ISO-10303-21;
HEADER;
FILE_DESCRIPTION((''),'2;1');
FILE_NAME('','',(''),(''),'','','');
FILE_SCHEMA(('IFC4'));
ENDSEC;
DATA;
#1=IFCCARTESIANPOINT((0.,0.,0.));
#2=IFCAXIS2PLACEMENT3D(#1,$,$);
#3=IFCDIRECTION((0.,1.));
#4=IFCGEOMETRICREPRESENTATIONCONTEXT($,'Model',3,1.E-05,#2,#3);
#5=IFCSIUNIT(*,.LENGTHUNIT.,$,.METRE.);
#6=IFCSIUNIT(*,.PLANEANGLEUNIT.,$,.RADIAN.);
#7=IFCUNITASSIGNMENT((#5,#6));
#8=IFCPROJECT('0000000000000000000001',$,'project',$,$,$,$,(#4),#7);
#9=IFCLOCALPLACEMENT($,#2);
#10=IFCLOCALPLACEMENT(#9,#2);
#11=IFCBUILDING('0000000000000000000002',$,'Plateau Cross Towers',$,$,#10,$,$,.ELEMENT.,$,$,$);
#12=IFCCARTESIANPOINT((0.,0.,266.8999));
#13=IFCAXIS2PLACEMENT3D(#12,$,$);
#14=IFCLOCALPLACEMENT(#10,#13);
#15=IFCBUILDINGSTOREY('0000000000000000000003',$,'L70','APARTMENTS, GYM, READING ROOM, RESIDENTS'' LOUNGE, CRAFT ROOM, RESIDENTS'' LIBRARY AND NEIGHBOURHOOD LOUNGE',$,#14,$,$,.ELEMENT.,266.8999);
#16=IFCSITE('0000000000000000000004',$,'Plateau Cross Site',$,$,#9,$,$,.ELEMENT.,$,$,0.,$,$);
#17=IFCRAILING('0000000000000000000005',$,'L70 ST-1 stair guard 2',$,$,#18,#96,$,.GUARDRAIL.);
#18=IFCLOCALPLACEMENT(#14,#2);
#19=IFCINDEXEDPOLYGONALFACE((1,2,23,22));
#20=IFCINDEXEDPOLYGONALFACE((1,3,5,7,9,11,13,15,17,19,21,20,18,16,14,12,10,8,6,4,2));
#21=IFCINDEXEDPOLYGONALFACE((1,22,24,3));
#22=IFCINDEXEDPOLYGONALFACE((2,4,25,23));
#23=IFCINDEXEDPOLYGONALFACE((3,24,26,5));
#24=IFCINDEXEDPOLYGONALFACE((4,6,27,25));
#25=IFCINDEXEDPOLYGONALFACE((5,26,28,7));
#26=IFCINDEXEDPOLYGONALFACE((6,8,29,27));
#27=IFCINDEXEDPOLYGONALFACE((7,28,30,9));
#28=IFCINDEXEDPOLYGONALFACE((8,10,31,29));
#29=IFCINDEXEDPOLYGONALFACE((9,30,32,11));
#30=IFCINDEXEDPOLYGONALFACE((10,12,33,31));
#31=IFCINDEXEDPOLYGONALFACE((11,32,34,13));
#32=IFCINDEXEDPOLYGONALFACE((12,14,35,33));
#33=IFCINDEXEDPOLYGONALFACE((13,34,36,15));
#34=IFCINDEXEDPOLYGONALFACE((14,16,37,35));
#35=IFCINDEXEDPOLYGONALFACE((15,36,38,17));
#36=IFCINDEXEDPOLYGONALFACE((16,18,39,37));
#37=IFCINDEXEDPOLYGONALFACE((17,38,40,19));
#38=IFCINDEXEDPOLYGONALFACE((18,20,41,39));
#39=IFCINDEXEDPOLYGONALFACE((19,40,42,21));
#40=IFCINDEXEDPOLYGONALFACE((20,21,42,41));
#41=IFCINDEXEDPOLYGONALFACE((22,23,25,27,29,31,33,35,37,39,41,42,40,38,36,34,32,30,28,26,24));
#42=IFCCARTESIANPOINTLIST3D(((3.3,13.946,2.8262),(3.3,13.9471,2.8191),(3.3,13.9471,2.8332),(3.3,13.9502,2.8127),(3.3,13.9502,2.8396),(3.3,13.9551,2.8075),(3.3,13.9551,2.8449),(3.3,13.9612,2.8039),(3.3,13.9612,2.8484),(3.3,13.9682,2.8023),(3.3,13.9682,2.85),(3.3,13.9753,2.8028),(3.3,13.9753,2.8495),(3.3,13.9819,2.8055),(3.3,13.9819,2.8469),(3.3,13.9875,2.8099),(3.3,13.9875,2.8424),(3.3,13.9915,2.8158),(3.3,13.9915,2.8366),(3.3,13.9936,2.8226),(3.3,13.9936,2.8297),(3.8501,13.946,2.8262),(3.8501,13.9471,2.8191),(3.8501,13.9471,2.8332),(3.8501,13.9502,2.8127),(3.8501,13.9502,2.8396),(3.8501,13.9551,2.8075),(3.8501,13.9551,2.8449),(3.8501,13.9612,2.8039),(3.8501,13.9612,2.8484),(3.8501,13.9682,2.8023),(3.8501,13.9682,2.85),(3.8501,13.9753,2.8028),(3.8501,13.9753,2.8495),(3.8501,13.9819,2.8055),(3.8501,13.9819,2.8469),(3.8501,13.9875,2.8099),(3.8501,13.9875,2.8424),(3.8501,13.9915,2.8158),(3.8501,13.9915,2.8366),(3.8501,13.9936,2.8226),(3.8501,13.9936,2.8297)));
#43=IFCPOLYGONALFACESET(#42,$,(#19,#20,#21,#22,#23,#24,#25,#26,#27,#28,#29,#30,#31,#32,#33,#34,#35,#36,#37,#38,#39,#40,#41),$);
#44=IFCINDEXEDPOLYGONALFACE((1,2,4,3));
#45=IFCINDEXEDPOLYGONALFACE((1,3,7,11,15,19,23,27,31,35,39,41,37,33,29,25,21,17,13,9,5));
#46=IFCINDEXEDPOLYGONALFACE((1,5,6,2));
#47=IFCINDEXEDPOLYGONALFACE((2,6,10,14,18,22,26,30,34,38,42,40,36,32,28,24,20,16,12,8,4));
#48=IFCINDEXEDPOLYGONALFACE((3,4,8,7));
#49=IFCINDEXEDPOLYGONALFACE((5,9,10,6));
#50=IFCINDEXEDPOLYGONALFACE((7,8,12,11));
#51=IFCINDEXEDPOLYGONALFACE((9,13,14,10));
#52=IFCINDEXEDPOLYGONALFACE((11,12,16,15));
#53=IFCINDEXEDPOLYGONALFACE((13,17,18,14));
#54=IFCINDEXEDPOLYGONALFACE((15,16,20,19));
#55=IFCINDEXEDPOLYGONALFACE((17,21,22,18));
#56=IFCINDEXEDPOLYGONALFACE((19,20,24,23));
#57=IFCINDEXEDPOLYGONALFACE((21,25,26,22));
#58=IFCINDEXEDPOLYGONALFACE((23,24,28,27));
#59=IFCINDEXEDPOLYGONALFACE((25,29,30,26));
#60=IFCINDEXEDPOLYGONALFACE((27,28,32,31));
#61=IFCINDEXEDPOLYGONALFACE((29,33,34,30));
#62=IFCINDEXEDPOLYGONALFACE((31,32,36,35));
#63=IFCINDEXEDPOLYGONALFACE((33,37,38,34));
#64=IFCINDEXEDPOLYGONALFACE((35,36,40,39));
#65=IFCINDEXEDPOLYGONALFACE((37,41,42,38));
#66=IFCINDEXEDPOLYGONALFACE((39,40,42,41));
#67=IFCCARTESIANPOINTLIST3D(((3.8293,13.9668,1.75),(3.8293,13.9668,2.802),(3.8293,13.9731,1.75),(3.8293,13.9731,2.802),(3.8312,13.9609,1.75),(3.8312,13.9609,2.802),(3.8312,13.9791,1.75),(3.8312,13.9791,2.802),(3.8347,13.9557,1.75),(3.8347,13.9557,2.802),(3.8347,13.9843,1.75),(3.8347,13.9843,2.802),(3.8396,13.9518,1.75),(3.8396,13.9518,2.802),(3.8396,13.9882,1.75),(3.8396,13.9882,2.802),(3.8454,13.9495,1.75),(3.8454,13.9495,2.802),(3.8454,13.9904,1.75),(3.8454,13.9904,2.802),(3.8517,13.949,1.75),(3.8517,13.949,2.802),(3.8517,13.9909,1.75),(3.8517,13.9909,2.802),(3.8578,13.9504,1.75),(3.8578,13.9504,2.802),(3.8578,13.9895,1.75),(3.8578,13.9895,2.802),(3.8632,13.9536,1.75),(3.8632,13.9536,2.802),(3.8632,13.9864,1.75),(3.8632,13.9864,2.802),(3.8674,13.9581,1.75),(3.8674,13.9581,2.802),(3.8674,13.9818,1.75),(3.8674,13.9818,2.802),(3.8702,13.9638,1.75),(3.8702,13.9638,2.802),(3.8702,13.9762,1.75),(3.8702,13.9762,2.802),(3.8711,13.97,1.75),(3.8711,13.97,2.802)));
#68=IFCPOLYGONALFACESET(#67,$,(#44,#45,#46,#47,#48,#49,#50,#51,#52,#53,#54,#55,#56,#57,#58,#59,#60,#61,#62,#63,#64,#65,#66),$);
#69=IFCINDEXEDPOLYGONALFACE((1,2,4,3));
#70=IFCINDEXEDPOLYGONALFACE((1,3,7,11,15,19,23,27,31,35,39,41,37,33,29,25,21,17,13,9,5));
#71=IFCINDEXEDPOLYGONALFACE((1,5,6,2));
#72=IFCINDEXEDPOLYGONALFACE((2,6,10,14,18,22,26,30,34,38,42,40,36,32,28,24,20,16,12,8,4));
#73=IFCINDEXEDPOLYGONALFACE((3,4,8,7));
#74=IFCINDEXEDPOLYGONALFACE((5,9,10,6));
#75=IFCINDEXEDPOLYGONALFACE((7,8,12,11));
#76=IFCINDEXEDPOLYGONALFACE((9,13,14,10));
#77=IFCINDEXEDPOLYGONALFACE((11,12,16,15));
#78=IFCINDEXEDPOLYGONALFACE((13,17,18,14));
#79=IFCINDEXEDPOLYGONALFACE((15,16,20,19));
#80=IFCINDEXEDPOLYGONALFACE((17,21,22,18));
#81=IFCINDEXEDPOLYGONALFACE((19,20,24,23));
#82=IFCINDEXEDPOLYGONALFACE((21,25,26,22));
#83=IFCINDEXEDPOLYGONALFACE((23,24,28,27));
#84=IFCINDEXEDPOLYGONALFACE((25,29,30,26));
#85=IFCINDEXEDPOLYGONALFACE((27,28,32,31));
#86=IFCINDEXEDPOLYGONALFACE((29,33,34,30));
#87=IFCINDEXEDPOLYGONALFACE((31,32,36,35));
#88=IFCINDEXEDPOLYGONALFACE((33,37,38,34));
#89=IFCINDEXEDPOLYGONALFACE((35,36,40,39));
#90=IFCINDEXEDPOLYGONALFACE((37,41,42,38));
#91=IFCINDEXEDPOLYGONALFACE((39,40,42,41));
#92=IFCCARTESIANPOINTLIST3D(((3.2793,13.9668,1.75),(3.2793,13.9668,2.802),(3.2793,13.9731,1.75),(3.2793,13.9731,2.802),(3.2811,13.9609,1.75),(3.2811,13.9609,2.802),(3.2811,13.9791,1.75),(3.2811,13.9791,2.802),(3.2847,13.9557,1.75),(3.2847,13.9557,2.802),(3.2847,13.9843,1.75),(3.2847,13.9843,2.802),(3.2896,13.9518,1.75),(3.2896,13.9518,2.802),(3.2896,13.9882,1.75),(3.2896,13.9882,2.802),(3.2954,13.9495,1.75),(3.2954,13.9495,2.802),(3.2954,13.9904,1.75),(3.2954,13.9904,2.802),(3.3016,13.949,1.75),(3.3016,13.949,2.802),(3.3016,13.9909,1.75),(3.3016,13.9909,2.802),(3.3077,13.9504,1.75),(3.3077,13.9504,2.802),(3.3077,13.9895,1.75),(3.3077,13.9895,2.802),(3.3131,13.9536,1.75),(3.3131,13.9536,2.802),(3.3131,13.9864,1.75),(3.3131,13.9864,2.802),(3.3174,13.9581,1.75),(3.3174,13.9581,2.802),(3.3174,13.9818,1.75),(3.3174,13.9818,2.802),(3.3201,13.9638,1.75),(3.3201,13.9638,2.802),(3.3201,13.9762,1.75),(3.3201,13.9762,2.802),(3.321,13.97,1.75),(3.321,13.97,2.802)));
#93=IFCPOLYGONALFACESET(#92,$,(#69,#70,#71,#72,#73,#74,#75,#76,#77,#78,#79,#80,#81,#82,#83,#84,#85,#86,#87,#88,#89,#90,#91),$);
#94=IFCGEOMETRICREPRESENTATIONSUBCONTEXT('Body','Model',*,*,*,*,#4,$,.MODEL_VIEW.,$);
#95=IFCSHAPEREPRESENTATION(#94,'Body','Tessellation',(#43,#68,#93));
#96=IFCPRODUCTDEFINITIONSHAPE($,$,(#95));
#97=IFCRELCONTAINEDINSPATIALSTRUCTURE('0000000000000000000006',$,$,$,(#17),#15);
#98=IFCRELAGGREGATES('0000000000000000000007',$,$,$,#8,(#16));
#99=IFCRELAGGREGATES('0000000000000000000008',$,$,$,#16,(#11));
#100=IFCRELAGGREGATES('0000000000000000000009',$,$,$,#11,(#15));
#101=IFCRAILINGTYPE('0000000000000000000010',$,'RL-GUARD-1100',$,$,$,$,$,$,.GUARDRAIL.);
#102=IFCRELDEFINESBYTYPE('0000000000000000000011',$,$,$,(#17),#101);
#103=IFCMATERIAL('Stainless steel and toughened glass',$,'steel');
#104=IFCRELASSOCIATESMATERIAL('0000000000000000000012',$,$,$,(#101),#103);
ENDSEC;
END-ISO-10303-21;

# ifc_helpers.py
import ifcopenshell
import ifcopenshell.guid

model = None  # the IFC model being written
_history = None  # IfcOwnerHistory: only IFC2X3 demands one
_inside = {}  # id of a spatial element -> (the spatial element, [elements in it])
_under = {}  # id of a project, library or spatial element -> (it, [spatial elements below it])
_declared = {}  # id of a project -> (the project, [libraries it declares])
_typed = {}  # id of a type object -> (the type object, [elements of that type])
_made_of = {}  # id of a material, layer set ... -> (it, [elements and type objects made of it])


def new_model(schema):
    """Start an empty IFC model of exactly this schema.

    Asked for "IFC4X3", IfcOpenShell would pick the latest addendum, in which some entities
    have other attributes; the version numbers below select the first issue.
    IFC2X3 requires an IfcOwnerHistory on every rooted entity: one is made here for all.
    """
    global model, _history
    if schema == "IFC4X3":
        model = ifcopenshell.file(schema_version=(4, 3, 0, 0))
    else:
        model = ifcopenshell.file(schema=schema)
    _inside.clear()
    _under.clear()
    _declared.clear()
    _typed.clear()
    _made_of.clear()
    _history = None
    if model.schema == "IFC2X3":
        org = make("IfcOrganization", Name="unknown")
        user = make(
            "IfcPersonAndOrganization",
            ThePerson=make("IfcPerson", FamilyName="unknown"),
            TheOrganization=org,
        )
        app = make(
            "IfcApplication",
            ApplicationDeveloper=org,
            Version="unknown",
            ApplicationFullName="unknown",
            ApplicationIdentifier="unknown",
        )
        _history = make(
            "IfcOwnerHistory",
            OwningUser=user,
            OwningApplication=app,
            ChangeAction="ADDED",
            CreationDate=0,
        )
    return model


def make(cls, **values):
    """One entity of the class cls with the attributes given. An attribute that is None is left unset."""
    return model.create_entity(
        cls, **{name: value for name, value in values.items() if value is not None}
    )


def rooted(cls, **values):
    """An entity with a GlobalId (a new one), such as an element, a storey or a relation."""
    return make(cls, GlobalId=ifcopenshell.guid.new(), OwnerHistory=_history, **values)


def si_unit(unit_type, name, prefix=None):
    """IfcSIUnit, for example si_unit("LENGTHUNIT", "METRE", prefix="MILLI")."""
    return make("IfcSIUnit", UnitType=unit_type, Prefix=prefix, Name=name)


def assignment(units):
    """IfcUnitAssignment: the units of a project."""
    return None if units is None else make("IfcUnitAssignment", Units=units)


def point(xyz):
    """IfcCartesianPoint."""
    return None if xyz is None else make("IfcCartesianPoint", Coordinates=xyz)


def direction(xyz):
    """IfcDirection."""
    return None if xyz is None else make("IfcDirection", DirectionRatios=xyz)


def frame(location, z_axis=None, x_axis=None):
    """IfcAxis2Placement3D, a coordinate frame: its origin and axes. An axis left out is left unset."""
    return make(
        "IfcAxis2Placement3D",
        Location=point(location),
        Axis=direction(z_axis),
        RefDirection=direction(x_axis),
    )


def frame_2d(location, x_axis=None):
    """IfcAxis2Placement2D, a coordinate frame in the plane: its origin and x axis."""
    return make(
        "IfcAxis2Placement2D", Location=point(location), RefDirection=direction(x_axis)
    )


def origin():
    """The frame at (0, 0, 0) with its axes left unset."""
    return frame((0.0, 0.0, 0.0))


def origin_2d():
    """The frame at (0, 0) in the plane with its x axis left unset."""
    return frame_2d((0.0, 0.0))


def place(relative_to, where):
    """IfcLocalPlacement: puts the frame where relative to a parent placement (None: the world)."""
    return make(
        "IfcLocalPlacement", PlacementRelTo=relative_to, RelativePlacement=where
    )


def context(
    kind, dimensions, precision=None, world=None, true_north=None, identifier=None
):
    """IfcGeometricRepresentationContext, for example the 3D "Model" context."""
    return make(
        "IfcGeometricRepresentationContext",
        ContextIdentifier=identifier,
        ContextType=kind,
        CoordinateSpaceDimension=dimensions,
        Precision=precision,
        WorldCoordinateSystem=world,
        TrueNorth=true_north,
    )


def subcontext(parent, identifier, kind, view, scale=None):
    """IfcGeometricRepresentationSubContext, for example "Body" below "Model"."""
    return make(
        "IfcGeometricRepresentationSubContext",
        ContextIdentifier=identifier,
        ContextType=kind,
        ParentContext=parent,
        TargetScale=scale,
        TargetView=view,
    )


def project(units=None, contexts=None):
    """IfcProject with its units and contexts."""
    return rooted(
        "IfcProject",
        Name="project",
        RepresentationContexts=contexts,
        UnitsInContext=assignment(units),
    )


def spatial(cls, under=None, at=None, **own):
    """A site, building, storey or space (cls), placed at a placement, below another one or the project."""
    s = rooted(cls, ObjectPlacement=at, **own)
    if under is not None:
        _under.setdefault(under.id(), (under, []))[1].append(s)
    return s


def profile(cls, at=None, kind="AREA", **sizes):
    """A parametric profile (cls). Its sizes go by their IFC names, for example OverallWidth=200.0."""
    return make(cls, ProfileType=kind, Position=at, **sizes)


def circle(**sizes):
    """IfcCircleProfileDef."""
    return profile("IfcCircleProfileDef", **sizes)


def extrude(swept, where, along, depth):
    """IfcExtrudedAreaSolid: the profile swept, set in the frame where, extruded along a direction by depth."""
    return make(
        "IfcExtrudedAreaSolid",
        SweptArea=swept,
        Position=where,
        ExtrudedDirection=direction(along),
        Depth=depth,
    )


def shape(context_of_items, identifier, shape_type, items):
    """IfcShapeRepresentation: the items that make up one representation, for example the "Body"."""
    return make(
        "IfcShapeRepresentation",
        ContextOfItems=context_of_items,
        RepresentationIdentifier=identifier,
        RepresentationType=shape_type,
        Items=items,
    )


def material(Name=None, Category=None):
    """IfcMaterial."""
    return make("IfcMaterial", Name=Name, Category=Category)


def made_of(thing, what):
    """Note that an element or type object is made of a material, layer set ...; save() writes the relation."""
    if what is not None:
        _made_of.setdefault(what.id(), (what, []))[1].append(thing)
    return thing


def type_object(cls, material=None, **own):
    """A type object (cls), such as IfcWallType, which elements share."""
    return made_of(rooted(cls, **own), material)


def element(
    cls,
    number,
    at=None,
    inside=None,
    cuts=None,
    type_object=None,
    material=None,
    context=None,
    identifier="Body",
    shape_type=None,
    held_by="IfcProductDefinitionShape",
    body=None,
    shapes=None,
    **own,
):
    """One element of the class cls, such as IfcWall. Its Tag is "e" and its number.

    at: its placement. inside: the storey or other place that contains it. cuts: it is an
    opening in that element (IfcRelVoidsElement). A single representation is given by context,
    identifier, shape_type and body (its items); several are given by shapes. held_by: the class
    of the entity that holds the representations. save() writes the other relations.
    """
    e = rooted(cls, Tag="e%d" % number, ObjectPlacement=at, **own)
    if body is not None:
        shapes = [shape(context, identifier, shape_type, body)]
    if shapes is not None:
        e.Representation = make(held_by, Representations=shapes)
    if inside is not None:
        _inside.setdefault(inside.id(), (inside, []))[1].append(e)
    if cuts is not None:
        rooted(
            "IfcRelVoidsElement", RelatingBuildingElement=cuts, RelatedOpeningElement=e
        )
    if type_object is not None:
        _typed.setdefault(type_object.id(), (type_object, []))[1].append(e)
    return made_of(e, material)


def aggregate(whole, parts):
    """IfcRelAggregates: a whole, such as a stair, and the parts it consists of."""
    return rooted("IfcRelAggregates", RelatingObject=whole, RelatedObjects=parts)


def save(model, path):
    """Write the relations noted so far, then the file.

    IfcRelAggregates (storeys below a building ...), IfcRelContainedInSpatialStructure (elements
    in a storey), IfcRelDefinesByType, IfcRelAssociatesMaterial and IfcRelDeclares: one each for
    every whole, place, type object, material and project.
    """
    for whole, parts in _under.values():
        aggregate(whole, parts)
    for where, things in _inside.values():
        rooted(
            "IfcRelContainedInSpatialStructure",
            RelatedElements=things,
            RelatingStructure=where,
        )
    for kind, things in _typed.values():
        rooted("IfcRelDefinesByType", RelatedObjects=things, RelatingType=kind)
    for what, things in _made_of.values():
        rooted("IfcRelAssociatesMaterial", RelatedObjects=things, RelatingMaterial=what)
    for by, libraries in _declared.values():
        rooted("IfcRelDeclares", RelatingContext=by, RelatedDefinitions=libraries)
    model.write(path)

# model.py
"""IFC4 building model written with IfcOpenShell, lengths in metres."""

from ifc_helpers import new_model, si_unit, direction, frame, origin, origin_2d, place, context, subcontext, project, spatial, circle, extrude, material, type_object, element, save


model = new_model("IFC4")

# Units and contexts
model_context = context("Model", 3, precision=1e-05, world=origin(), true_north=direction((0.0, 1.0)))
body_context = subcontext(model_context, "Body", "Model", "MODEL_VIEW")
ifc_project = project(units=[si_unit("LENGTHUNIT", "METRE"), si_unit("PLANEANGLEUNIT", "RADIAN")], contexts=[model_context])

# Site, building, storey
site_placement = place(None, origin())
site = spatial("IfcSite", under=ifc_project, at=site_placement, Name="Plateau Cross Site", CompositionType="ELEMENT", RefElevation=0.0)
building_placement = place(site_placement, origin())
building = spatial("IfcBuilding", under=site, at=building_placement, Name="Plateau Cross Towers", CompositionType="ELEMENT")
storey_placement = place(building_placement, frame((0.0, 0.0, 266.8999)))
storey = spatial("IfcBuildingStorey", under=building, at=storey_placement, Name="L70", Description="APARTMENTS, GYM, READING ROOM, RESIDENTS' LOUNGE, CRAFT ROOM, RESIDENTS' LIBRARY AND NEIGHBOURHOOD LOUNGE", CompositionType="ELEMENT", Elevation=266.8999)

# Railing
ifc_material_1 = material(Name="Stainless steel and toughened glass", Category="steel")
railing_type_1 = type_object("IfcRailingType", Name="RL-GUARD-1100", PredefinedType="GUARDRAIL", material=ifc_material_1)
railing_1_placement = place(storey_placement, frame((3.8501, 13.97, 1.75)))
element("IfcRailing", 1, at=railing_1_placement, inside=storey, type_object=railing_type_1, Name="L70 ST-1 stair guard 2", PredefinedType="GUARDRAIL", context=body_context, shape_type="SweptSolid", body=[
    extrude(circle(Radius=0.0239, at=origin_2d()), frame((0.0, 0.0, 1.0762), z_axis=(-1.0, 0.0, 0.0), x_axis=(0.0, -1.0, 0.0)), (0.0, 0.0, 1.0), 0.55),
    extrude(circle(Radius=0.021, at=origin_2d()), origin(), (0.0, 0.0, 1.0), 1.052),
    extrude(circle(Radius=0.021, at=origin_2d()), frame((-0.55, 0.0, 0.0)), (0.0, 0.0, 1.0), 1.052),
])

save(model, "model.ifc")
